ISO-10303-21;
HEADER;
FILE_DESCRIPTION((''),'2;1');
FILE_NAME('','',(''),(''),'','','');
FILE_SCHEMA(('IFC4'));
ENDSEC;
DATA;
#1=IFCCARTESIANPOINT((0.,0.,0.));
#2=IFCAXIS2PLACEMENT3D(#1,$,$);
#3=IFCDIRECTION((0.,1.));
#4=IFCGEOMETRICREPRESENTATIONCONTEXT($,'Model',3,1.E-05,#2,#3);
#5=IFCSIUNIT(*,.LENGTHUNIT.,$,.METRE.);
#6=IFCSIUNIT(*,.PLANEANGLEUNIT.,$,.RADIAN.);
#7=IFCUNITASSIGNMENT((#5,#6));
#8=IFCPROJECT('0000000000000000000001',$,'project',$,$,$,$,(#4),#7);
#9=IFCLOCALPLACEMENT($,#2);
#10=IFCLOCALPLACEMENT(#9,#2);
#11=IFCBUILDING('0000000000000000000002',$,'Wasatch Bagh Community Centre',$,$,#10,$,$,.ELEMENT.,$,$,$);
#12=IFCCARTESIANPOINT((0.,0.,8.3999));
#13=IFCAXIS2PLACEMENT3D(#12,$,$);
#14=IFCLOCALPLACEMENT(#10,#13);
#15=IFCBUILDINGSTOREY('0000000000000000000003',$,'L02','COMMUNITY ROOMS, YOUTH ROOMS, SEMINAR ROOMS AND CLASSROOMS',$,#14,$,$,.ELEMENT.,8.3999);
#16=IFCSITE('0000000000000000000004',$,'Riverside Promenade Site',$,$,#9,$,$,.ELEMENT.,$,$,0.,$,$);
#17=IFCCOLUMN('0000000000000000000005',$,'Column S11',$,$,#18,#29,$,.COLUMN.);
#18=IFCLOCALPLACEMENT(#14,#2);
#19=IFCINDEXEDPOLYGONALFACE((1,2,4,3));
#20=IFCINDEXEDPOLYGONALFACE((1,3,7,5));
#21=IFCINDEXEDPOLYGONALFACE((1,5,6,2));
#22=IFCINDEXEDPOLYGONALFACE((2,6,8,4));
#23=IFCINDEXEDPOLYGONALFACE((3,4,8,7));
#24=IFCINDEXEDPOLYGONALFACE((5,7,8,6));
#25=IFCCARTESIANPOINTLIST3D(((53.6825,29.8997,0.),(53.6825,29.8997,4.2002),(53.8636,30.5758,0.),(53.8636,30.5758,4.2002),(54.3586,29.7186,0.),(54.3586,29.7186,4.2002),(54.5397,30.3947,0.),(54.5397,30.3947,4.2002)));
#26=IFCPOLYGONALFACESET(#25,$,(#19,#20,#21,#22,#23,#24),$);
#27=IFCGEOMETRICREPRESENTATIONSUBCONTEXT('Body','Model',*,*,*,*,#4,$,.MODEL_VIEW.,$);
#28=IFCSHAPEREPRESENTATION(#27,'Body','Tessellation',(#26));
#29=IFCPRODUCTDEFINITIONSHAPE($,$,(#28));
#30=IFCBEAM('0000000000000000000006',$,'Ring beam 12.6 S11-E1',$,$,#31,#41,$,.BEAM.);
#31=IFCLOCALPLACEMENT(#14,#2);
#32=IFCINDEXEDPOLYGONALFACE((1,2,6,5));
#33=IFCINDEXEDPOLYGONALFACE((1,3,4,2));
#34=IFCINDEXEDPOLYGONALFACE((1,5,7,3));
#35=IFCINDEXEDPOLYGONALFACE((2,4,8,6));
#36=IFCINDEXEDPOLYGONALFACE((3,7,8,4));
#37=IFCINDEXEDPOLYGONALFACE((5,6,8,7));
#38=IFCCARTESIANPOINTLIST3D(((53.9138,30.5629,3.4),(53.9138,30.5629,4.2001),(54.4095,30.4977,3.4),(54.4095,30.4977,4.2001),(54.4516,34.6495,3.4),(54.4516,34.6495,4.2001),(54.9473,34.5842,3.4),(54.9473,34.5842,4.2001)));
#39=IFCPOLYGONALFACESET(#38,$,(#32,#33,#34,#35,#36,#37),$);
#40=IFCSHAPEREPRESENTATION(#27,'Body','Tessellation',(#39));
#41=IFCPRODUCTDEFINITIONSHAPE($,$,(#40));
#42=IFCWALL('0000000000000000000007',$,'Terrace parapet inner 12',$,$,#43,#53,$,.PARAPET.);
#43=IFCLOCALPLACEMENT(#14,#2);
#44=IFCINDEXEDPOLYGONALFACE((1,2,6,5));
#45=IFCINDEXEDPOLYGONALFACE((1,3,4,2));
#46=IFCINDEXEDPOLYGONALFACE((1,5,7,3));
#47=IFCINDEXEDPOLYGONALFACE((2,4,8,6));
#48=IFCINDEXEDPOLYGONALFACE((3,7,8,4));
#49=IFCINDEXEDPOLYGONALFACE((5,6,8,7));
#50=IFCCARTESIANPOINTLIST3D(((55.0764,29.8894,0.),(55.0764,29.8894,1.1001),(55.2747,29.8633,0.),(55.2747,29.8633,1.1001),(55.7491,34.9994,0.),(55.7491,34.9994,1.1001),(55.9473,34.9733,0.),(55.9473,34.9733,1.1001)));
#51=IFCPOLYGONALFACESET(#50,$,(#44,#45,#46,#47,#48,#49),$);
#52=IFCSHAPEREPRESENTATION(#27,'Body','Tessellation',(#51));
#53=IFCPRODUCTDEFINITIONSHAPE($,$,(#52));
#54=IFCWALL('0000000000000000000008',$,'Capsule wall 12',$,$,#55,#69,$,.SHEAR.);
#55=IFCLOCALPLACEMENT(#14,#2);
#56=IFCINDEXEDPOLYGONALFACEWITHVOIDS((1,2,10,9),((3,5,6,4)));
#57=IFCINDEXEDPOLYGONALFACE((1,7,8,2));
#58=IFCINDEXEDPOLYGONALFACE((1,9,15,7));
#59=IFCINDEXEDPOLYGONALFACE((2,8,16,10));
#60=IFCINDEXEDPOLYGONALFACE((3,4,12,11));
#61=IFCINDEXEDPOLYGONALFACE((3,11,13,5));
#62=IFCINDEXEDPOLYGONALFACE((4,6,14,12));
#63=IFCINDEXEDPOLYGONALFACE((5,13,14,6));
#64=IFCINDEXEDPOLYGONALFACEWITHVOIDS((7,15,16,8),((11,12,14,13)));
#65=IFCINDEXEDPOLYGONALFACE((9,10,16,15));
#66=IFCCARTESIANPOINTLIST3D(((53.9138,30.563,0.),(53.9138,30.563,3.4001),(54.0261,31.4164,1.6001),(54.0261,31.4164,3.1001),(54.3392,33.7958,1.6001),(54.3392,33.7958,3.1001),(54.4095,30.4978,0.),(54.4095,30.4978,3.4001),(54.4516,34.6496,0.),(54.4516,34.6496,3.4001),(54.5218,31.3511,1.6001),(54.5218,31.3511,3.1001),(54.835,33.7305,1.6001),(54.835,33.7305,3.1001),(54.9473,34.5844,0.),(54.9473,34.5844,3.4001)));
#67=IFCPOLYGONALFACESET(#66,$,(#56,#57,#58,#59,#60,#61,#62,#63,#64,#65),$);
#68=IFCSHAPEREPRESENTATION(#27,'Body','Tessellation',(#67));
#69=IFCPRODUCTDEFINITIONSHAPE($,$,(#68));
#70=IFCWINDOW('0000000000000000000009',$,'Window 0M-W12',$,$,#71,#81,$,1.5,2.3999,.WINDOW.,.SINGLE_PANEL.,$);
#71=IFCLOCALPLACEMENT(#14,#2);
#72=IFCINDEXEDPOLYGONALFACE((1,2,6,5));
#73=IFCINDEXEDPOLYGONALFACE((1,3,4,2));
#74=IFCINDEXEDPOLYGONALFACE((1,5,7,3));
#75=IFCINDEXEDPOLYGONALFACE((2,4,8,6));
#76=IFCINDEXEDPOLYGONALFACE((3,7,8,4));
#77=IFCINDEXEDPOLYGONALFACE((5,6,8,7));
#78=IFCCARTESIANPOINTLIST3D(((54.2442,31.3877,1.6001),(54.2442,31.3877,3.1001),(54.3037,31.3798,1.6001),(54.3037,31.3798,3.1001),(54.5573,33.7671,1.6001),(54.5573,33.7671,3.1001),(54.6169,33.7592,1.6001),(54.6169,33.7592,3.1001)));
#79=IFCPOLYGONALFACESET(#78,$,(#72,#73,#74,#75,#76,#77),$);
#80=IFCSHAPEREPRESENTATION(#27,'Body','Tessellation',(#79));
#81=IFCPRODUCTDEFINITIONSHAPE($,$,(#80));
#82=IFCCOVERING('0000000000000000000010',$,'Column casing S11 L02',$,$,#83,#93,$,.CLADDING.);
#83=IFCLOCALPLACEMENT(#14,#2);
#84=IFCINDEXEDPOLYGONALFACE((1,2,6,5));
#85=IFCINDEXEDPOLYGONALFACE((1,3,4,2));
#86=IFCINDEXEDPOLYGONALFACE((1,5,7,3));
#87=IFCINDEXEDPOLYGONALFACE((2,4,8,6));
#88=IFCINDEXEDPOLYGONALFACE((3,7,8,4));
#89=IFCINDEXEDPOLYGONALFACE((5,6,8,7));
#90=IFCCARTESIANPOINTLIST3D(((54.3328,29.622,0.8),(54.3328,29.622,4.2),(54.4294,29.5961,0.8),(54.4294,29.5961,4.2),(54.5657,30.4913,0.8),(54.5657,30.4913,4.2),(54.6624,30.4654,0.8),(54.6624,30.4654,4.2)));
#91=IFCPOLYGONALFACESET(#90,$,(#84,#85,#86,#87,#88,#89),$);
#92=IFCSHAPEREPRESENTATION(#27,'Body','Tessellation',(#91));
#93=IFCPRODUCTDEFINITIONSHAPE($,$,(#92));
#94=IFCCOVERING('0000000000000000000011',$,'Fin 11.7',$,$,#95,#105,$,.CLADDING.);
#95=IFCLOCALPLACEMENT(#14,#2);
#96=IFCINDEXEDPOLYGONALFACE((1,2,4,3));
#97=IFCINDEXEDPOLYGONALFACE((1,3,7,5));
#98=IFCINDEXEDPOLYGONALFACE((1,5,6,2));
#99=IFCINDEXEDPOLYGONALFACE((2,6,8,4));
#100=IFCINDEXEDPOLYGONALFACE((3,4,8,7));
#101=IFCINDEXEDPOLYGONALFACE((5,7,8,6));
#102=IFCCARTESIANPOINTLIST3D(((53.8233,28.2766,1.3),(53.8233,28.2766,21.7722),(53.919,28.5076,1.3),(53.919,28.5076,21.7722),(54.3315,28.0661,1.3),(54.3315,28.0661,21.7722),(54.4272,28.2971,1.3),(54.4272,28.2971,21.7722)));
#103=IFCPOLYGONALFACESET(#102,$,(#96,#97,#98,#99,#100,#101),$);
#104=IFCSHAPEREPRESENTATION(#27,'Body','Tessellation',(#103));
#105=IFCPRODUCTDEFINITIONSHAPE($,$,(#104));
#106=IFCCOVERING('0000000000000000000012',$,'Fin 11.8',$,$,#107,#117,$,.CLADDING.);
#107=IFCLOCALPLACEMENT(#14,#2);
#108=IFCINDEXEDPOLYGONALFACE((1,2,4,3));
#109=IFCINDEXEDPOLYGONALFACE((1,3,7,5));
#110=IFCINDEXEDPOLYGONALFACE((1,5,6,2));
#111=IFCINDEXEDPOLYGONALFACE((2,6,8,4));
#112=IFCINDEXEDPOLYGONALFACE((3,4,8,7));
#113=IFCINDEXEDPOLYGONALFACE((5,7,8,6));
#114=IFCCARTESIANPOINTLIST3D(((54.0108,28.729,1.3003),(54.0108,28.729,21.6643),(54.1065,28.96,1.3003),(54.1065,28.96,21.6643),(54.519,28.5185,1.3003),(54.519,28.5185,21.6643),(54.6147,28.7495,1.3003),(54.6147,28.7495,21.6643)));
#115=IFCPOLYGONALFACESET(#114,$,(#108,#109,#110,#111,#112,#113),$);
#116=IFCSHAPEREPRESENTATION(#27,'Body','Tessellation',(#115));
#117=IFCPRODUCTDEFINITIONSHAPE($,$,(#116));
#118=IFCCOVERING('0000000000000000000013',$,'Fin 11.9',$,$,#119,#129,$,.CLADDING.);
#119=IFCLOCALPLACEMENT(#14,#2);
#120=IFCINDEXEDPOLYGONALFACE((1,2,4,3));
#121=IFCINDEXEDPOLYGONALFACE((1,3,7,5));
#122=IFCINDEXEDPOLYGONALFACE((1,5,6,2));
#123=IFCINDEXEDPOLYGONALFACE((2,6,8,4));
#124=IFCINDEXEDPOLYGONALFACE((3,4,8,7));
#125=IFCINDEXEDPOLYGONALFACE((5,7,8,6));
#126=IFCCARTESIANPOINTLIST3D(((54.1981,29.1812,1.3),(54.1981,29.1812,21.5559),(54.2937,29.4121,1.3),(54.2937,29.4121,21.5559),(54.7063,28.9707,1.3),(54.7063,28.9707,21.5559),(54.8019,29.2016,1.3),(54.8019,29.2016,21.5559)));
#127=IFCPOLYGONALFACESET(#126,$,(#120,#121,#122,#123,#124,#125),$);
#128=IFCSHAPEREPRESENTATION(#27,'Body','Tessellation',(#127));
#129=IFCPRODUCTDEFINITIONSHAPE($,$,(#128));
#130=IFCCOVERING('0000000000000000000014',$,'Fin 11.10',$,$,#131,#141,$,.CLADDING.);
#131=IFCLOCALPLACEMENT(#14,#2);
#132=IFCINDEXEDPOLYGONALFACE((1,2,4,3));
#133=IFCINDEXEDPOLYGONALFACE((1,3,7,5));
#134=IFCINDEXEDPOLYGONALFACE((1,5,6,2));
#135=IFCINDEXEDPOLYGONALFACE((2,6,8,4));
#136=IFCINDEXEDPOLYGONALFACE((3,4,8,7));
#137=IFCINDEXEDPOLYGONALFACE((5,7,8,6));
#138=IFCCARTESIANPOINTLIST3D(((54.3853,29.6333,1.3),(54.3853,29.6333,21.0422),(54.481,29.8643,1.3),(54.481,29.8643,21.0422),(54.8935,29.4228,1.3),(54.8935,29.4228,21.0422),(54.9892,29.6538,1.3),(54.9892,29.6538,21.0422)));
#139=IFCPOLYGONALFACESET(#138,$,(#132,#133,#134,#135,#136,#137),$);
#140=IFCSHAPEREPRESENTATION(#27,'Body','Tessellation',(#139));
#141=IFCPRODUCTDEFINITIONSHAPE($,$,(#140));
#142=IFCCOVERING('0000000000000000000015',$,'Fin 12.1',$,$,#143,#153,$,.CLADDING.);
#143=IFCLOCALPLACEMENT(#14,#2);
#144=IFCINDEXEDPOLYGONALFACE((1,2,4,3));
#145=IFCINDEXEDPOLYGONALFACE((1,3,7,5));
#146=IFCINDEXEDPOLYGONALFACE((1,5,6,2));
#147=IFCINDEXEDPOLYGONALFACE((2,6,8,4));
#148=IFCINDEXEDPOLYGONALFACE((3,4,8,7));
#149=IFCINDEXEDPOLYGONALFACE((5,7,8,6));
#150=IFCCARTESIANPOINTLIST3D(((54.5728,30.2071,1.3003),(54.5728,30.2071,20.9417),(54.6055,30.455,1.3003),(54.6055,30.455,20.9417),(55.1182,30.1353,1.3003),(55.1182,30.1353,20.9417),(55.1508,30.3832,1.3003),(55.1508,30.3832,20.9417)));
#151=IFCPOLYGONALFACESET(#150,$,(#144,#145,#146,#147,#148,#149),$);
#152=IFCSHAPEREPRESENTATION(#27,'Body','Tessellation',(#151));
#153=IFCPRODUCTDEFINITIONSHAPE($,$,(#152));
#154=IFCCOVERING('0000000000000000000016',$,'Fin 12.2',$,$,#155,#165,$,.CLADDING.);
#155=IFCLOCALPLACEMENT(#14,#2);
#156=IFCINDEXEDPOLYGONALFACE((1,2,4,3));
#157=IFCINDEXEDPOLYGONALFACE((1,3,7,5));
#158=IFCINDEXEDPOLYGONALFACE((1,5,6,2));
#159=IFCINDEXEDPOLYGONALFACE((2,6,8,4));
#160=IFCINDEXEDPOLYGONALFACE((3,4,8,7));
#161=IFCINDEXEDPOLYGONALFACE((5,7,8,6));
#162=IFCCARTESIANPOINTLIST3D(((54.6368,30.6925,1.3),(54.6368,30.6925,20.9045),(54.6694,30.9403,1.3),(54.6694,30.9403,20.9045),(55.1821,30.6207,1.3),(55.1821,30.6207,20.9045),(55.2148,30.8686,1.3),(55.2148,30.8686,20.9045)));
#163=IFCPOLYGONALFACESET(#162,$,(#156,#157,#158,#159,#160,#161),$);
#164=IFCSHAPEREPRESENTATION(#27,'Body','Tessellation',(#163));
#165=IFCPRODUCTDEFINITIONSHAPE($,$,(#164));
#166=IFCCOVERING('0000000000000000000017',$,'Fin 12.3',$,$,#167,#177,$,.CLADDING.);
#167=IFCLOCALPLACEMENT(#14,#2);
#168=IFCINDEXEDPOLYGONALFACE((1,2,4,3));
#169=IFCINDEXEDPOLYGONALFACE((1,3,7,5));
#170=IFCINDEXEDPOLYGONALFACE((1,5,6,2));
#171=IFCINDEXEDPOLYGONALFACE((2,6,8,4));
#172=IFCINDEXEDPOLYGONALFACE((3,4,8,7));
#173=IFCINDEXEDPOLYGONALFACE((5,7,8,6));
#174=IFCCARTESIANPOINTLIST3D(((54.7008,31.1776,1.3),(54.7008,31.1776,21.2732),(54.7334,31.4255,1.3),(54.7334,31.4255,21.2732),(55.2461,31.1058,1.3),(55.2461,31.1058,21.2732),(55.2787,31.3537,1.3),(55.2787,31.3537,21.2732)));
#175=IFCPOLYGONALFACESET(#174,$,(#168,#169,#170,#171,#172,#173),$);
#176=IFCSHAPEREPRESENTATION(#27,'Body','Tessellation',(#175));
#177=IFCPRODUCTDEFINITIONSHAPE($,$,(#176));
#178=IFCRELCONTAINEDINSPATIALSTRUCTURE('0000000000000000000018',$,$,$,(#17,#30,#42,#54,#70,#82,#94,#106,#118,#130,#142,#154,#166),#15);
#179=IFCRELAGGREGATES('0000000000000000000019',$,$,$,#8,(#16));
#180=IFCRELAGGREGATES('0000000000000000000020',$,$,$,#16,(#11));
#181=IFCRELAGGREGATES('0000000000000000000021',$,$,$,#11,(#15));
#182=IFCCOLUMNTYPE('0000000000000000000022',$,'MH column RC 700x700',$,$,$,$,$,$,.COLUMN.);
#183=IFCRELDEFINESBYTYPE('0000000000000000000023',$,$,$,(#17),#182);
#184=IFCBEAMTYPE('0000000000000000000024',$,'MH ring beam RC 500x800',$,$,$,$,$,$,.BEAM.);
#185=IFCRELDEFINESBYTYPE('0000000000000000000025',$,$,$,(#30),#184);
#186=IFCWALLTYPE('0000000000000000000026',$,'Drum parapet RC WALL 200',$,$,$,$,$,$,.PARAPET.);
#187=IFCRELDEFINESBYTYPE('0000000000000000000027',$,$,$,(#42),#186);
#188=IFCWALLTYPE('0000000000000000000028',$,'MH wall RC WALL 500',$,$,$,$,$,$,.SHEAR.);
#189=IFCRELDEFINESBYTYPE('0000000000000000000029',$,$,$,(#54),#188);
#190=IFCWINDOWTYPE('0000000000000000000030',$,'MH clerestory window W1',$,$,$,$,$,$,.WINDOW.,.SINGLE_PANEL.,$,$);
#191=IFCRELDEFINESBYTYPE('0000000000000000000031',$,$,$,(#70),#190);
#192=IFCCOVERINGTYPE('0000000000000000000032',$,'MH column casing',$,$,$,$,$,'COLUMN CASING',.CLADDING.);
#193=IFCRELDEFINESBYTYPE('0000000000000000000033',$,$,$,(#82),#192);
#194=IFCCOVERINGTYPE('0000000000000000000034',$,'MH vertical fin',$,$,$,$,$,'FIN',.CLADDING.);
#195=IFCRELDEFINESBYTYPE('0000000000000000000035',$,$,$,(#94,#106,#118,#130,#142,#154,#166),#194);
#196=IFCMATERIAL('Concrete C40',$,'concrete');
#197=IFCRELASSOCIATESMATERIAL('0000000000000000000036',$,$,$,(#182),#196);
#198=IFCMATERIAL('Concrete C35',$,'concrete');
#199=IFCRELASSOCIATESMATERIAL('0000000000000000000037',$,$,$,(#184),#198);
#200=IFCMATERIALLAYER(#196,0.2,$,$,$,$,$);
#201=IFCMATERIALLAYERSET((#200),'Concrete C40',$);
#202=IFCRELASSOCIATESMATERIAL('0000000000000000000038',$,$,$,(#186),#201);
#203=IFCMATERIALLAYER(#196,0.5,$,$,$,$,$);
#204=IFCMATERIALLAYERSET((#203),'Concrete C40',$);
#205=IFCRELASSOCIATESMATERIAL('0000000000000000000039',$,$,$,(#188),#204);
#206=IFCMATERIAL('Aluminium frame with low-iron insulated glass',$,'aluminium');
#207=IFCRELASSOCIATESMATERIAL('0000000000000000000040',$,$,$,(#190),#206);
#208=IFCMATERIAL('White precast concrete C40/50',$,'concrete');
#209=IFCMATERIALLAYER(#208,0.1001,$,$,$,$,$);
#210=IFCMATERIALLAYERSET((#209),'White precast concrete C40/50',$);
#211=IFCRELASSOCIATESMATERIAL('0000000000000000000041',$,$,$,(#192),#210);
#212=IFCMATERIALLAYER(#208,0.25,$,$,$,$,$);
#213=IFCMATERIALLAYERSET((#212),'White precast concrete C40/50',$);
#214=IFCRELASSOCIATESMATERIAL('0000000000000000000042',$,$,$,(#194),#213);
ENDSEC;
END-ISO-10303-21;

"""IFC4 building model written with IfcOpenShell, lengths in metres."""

from ifc_helpers import new_model, si_unit, direction, frame, frame_2d, origin, origin_2d, place, context, subcontext, project, spatial, rectangle, extrude, material, layer, layer_set, material_profile, profile_set, type_object, element, fill, save


model = new_model("IFC4")

# Units and contexts
model_context = context("Model", 3, precision=1e-05, world=origin(), true_north=direction((0.0, 1.0)))
body_context = subcontext(model_context, "Body", "Model", "MODEL_VIEW")
ifc_project = project(units=[si_unit("LENGTHUNIT", "METRE"), si_unit("PLANEANGLEUNIT", "RADIAN")], contexts=[model_context])

# Site, building, storey
site_placement = place(None, origin())
site = spatial("IfcSite", under=ifc_project, at=site_placement, Name="Riverside Promenade Site", CompositionType="ELEMENT", RefElevation=0.0)
building_placement = place(site_placement, origin())
building = spatial("IfcBuilding", under=site, at=building_placement, Name="Wasatch Bagh Community Centre", CompositionType="ELEMENT")
storey_placement = place(building_placement, frame((0.0, 0.0, 8.3999)))
storey = spatial("IfcBuildingStorey", under=building, at=storey_placement, Name="L02", Description="COMMUNITY ROOMS, YOUTH ROOMS, SEMINAR ROOMS AND CLASSROOMS", CompositionType="ELEMENT", Elevation=8.3999)

# Column
ifc_material_1 = material(Name="Concrete C40", Category="concrete")
ifc_material_profile_1 = material_profile(ifc_material_1, rectangle(XDim=0.7, YDim=0.7, at=origin_2d()), Name="RC 700x700")
ifc_profile_set_1 = profile_set([ifc_material_profile_1], Name="Concrete C40")
column_type = type_object("IfcColumnType", Name="MH column RC 700x700", PredefinedType="COLUMN", material=ifc_profile_set_1)
column_placement = place(storey_placement, frame((54.1111, 30.1472, 0.0), z_axis=(0.0, 0.0, 1.0), x_axis=(0.258819, 0.965926, 0.0)))
element("IfcColumn", 1, at=column_placement, inside=storey, type_object=column_type, Name="Column S11", PredefinedType="COLUMN", context=body_context, shape_type="SweptSolid", body=[
    extrude(rectangle(XDim=0.7, YDim=0.7, at=origin_2d()), origin(), (0.0, 0.0, 1.0), 4.2002),
])

# Beam
ifc_material_2 = material(Name="Concrete C35", Category="concrete")
ifc_material_profile_2 = material_profile(ifc_material_2, rectangle(XDim=0.5, YDim=0.8, at=origin_2d()), Name="RC 500x800")
ifc_profile_set_2 = profile_set([ifc_material_profile_2], Name="Concrete C35")
beam_type = type_object("IfcBeamType", Name="MH ring beam RC 500x800", PredefinedType="BEAM", material=ifc_profile_set_2)
beam_placement = place(storey_placement, frame((54.1616, 30.5303, 3.8), z_axis=(0.130484, 0.99145, 0.0), x_axis=(-0.99145, 0.130484, 0.0)))
element("IfcBeam", 2, at=beam_placement, inside=storey, type_object=beam_type, Name="Ring beam 12.6 S11-E1", PredefinedType="BEAM", context=body_context, shape_type="SweptSolid", body=[
    extrude(rectangle(XDim=0.5, YDim=0.8, at=origin_2d()), origin(), (0.0, 0.0, 1.0), 4.1218),
])

# Wall
ifc_layer_1 = layer(ifc_material_1, 0.2)
ifc_layer_set_1 = layer_set([ifc_layer_1], Name="Concrete C40")
wall_type_1 = type_object("IfcWallType", Name="Drum parapet RC WALL 200", PredefinedType="PARAPET", material=ifc_layer_set_1)
wall_1_placement = place(storey_placement, frame((55.1755, 29.8762, 0.0), z_axis=(0.0, 0.0, 1.0), x_axis=(0.130504, 0.991448, 0.0)))
element("IfcWall", 3, at=wall_1_placement, inside=storey, type_object=wall_type_1, Name="Terrace parapet inner 12", PredefinedType="PARAPET", context=body_context, shape_type="SweptSolid", body=[
    extrude(rectangle(XDim=5.1541, YDim=0.2, at=frame_2d((2.5771, 0.0))), origin(), (0.0, 0.0, 1.0), 1.1001),
])

# Wall, opening, window
ifc_layer_2 = layer(ifc_material_1, 0.5)
ifc_layer_set_2 = layer_set([ifc_layer_2], Name="Concrete C40")
wall_type_2 = type_object("IfcWallType", Name="MH wall RC WALL 500", PredefinedType="SHEAR", material=ifc_layer_set_2)
wall_2_placement = place(storey_placement, frame((54.1616, 30.5303, 0.0), z_axis=(0.0, 0.0, 1.0), x_axis=(0.130484, 0.99145, 0.0)))
wall_2 = element("IfcWall", 4, at=wall_2_placement, inside=storey, type_object=wall_type_2, Name="Capsule wall 12", PredefinedType="SHEAR", context=body_context, shape_type="SweptSolid", body=[
    extrude(rectangle(XDim=4.1218, YDim=0.5, at=frame_2d((2.061, 0.0))), origin(), (0.0, 0.0, 1.0), 3.4001),
])
opening_placement = place(wall_2_placement, frame((0.8608, 0.0, 1.6001)))
opening = element("IfcOpeningElement", 5, at=opening_placement, cuts=wall_2, PredefinedType="OPENING", context=body_context, shape_type="SweptSolid", body=[
    extrude(rectangle(XDim=2.3999, YDim=1.5, at=frame_2d((1.2, 0.75))), frame((0.0, 0.26, 0.0), z_axis=(0.0, -1.0, 0.0), x_axis=(1.0, 0.0, 0.0)), (0.0, 0.0, 1.0), 0.52),
])
ifc_material_3 = material(Name="Aluminium frame with low-iron insulated glass", Category="aluminium")
window_type = type_object("IfcWindowType", Name="MH clerestory window W1", PartitioningType="SINGLE_PANEL", PredefinedType="WINDOW", material=ifc_material_3)
window_placement = place(opening_placement, origin())
window = element("IfcWindow", 6, at=window_placement, inside=storey, type_object=window_type, Name="Window 0M-W12", OverallHeight=1.5, OverallWidth=2.3999, PartitioningType="SINGLE_PANEL", PredefinedType="WINDOW", context=body_context, shape_type="SweptSolid", body=[
    extrude(rectangle(XDim=2.3999, YDim=1.5, at=frame_2d((1.2, 0.75))), frame((0.0, 0.03, 0.0), z_axis=(0.0, -1.0, 0.0), x_axis=(1.0, 0.0, 0.0)), (0.0, 0.0, 1.0), 0.0601),
])
fill(opening, window)

# Coverings
ifc_material_4 = material(Name="White precast concrete C40/50", Category="concrete")
ifc_layer_3 = layer(ifc_material_4, 0.1001)
ifc_layer_set_3 = layer_set([ifc_layer_3], Name="White precast concrete C40/50")
covering_type_1 = type_object("IfcCoveringType", Name="MH column casing", ElementType="COLUMN CASING", PredefinedType="CLADDING", material=ifc_layer_set_3)
covering_1_placement = place(storey_placement, frame((54.4976, 30.0437, 0.8), z_axis=(0.0, 0.0, 1.0), x_axis=(0.258819, 0.965926, 0.0)))
element("IfcCovering", 7, at=covering_1_placement, inside=storey, type_object=covering_type_1, Name="Column casing S11 L02", PredefinedType="CLADDING", context=body_context, shape_type="SweptSolid", body=[
    extrude(rectangle(XDim=0.8999, YDim=0.1001, at=origin_2d()), origin(), (0.0, 0.0, 1.0), 3.3999),
])
ifc_layer_4 = layer(ifc_material_4, 0.25)
ifc_layer_set_4 = layer_set([ifc_layer_4], Name="White precast concrete C40/50")
covering_type_2 = type_object("IfcCoveringType", Name="MH vertical fin", ElementType="FIN", PredefinedType="CLADDING", material=ifc_layer_set_4)
covering_2_placement = place(storey_placement, frame((54.1252, 28.2869, 1.3), z_axis=(0.0, 0.0, 1.0), x_axis=(0.382683, 0.92388, 0.0)))
element("IfcCovering", 8, at=covering_2_placement, inside=storey, type_object=covering_type_2, Name="Fin 11.7", PredefinedType="CLADDING", context=body_context, shape_type="SweptSolid", body=[
    extrude(rectangle(XDim=0.25, YDim=0.55, at=origin_2d()), origin(), (0.0, 0.0, 1.0), 20.4722),
])
covering_3_placement = place(storey_placement, frame((54.3127, 28.7393, 1.3003), z_axis=(0.0, 0.0, 1.0), x_axis=(0.382683, 0.92388, 0.0)))
element("IfcCovering", 9, at=covering_3_placement, inside=storey, type_object=covering_type_2, Name="Fin 11.8", PredefinedType="CLADDING", context=body_context, shape_type="SweptSolid", body=[
    extrude(rectangle(XDim=0.25, YDim=0.55, at=origin_2d()), origin(), (0.0, 0.0, 1.0), 20.364),
])
covering_4_placement = place(storey_placement, frame((54.5, 29.1914, 1.3), z_axis=(0.0, 0.0, 1.0), x_axis=(0.382683, 0.92388, 0.0)))
element("IfcCovering", 10, at=covering_4_placement, inside=storey, type_object=covering_type_2, Name="Fin 11.9", PredefinedType="CLADDING", context=body_context, shape_type="SweptSolid", body=[
    extrude(rectangle(XDim=0.25, YDim=0.55, at=origin_2d()), origin(), (0.0, 0.0, 1.0), 20.2559),
])
covering_5_placement = place(storey_placement, frame((54.6873, 29.6436, 1.3), z_axis=(0.0, 0.0, 1.0), x_axis=(0.382683, 0.92388, 0.0)))
element("IfcCovering", 11, at=covering_5_placement, inside=storey, type_object=covering_type_2, Name="Fin 11.10", PredefinedType="CLADDING", context=body_context, shape_type="SweptSolid", body=[
    extrude(rectangle(XDim=0.25, YDim=0.55, at=origin_2d()), origin(), (0.0, 0.0, 1.0), 19.7422),
])
covering_6_placement = place(storey_placement, frame((54.8618, 30.2952, 1.3003), z_axis=(0.0, 0.0, 1.0), x_axis=(0.130526, 0.991445, 0.0)))
element("IfcCovering", 12, at=covering_6_placement, inside=storey, type_object=covering_type_2, Name="Fin 12.1", PredefinedType="CLADDING", context=body_context, shape_type="SweptSolid", body=[
    extrude(rectangle(XDim=0.25, YDim=0.55, at=origin_2d()), origin(), (0.0, 0.0, 1.0), 19.6414),
])
covering_7_placement = place(storey_placement, frame((54.9258, 30.7805, 1.3), z_axis=(0.0, 0.0, 1.0), x_axis=(0.130526, 0.991445, 0.0)))
element("IfcCovering", 13, at=covering_7_placement, inside=storey, type_object=covering_type_2, Name="Fin 12.2", PredefinedType="CLADDING", context=body_context, shape_type="SweptSolid", body=[
    extrude(rectangle(XDim=0.25, YDim=0.55, at=origin_2d()), origin(), (0.0, 0.0, 1.0), 19.6045),
])
covering_8_placement = place(storey_placement, frame((54.9897, 31.2656, 1.3), z_axis=(0.0, 0.0, 1.0), x_axis=(0.130526, 0.991445, 0.0)))
element("IfcCovering", 14, at=covering_8_placement, inside=storey, type_object=covering_type_2, Name="Fin 12.3", PredefinedType="CLADDING", context=body_context, shape_type="SweptSolid", body=[
    extrude(rectangle(XDim=0.25, YDim=0.55, at=origin_2d()), origin(), (0.0, 0.0, 1.0), 19.9731),
])

save(model, "model.ifc")
